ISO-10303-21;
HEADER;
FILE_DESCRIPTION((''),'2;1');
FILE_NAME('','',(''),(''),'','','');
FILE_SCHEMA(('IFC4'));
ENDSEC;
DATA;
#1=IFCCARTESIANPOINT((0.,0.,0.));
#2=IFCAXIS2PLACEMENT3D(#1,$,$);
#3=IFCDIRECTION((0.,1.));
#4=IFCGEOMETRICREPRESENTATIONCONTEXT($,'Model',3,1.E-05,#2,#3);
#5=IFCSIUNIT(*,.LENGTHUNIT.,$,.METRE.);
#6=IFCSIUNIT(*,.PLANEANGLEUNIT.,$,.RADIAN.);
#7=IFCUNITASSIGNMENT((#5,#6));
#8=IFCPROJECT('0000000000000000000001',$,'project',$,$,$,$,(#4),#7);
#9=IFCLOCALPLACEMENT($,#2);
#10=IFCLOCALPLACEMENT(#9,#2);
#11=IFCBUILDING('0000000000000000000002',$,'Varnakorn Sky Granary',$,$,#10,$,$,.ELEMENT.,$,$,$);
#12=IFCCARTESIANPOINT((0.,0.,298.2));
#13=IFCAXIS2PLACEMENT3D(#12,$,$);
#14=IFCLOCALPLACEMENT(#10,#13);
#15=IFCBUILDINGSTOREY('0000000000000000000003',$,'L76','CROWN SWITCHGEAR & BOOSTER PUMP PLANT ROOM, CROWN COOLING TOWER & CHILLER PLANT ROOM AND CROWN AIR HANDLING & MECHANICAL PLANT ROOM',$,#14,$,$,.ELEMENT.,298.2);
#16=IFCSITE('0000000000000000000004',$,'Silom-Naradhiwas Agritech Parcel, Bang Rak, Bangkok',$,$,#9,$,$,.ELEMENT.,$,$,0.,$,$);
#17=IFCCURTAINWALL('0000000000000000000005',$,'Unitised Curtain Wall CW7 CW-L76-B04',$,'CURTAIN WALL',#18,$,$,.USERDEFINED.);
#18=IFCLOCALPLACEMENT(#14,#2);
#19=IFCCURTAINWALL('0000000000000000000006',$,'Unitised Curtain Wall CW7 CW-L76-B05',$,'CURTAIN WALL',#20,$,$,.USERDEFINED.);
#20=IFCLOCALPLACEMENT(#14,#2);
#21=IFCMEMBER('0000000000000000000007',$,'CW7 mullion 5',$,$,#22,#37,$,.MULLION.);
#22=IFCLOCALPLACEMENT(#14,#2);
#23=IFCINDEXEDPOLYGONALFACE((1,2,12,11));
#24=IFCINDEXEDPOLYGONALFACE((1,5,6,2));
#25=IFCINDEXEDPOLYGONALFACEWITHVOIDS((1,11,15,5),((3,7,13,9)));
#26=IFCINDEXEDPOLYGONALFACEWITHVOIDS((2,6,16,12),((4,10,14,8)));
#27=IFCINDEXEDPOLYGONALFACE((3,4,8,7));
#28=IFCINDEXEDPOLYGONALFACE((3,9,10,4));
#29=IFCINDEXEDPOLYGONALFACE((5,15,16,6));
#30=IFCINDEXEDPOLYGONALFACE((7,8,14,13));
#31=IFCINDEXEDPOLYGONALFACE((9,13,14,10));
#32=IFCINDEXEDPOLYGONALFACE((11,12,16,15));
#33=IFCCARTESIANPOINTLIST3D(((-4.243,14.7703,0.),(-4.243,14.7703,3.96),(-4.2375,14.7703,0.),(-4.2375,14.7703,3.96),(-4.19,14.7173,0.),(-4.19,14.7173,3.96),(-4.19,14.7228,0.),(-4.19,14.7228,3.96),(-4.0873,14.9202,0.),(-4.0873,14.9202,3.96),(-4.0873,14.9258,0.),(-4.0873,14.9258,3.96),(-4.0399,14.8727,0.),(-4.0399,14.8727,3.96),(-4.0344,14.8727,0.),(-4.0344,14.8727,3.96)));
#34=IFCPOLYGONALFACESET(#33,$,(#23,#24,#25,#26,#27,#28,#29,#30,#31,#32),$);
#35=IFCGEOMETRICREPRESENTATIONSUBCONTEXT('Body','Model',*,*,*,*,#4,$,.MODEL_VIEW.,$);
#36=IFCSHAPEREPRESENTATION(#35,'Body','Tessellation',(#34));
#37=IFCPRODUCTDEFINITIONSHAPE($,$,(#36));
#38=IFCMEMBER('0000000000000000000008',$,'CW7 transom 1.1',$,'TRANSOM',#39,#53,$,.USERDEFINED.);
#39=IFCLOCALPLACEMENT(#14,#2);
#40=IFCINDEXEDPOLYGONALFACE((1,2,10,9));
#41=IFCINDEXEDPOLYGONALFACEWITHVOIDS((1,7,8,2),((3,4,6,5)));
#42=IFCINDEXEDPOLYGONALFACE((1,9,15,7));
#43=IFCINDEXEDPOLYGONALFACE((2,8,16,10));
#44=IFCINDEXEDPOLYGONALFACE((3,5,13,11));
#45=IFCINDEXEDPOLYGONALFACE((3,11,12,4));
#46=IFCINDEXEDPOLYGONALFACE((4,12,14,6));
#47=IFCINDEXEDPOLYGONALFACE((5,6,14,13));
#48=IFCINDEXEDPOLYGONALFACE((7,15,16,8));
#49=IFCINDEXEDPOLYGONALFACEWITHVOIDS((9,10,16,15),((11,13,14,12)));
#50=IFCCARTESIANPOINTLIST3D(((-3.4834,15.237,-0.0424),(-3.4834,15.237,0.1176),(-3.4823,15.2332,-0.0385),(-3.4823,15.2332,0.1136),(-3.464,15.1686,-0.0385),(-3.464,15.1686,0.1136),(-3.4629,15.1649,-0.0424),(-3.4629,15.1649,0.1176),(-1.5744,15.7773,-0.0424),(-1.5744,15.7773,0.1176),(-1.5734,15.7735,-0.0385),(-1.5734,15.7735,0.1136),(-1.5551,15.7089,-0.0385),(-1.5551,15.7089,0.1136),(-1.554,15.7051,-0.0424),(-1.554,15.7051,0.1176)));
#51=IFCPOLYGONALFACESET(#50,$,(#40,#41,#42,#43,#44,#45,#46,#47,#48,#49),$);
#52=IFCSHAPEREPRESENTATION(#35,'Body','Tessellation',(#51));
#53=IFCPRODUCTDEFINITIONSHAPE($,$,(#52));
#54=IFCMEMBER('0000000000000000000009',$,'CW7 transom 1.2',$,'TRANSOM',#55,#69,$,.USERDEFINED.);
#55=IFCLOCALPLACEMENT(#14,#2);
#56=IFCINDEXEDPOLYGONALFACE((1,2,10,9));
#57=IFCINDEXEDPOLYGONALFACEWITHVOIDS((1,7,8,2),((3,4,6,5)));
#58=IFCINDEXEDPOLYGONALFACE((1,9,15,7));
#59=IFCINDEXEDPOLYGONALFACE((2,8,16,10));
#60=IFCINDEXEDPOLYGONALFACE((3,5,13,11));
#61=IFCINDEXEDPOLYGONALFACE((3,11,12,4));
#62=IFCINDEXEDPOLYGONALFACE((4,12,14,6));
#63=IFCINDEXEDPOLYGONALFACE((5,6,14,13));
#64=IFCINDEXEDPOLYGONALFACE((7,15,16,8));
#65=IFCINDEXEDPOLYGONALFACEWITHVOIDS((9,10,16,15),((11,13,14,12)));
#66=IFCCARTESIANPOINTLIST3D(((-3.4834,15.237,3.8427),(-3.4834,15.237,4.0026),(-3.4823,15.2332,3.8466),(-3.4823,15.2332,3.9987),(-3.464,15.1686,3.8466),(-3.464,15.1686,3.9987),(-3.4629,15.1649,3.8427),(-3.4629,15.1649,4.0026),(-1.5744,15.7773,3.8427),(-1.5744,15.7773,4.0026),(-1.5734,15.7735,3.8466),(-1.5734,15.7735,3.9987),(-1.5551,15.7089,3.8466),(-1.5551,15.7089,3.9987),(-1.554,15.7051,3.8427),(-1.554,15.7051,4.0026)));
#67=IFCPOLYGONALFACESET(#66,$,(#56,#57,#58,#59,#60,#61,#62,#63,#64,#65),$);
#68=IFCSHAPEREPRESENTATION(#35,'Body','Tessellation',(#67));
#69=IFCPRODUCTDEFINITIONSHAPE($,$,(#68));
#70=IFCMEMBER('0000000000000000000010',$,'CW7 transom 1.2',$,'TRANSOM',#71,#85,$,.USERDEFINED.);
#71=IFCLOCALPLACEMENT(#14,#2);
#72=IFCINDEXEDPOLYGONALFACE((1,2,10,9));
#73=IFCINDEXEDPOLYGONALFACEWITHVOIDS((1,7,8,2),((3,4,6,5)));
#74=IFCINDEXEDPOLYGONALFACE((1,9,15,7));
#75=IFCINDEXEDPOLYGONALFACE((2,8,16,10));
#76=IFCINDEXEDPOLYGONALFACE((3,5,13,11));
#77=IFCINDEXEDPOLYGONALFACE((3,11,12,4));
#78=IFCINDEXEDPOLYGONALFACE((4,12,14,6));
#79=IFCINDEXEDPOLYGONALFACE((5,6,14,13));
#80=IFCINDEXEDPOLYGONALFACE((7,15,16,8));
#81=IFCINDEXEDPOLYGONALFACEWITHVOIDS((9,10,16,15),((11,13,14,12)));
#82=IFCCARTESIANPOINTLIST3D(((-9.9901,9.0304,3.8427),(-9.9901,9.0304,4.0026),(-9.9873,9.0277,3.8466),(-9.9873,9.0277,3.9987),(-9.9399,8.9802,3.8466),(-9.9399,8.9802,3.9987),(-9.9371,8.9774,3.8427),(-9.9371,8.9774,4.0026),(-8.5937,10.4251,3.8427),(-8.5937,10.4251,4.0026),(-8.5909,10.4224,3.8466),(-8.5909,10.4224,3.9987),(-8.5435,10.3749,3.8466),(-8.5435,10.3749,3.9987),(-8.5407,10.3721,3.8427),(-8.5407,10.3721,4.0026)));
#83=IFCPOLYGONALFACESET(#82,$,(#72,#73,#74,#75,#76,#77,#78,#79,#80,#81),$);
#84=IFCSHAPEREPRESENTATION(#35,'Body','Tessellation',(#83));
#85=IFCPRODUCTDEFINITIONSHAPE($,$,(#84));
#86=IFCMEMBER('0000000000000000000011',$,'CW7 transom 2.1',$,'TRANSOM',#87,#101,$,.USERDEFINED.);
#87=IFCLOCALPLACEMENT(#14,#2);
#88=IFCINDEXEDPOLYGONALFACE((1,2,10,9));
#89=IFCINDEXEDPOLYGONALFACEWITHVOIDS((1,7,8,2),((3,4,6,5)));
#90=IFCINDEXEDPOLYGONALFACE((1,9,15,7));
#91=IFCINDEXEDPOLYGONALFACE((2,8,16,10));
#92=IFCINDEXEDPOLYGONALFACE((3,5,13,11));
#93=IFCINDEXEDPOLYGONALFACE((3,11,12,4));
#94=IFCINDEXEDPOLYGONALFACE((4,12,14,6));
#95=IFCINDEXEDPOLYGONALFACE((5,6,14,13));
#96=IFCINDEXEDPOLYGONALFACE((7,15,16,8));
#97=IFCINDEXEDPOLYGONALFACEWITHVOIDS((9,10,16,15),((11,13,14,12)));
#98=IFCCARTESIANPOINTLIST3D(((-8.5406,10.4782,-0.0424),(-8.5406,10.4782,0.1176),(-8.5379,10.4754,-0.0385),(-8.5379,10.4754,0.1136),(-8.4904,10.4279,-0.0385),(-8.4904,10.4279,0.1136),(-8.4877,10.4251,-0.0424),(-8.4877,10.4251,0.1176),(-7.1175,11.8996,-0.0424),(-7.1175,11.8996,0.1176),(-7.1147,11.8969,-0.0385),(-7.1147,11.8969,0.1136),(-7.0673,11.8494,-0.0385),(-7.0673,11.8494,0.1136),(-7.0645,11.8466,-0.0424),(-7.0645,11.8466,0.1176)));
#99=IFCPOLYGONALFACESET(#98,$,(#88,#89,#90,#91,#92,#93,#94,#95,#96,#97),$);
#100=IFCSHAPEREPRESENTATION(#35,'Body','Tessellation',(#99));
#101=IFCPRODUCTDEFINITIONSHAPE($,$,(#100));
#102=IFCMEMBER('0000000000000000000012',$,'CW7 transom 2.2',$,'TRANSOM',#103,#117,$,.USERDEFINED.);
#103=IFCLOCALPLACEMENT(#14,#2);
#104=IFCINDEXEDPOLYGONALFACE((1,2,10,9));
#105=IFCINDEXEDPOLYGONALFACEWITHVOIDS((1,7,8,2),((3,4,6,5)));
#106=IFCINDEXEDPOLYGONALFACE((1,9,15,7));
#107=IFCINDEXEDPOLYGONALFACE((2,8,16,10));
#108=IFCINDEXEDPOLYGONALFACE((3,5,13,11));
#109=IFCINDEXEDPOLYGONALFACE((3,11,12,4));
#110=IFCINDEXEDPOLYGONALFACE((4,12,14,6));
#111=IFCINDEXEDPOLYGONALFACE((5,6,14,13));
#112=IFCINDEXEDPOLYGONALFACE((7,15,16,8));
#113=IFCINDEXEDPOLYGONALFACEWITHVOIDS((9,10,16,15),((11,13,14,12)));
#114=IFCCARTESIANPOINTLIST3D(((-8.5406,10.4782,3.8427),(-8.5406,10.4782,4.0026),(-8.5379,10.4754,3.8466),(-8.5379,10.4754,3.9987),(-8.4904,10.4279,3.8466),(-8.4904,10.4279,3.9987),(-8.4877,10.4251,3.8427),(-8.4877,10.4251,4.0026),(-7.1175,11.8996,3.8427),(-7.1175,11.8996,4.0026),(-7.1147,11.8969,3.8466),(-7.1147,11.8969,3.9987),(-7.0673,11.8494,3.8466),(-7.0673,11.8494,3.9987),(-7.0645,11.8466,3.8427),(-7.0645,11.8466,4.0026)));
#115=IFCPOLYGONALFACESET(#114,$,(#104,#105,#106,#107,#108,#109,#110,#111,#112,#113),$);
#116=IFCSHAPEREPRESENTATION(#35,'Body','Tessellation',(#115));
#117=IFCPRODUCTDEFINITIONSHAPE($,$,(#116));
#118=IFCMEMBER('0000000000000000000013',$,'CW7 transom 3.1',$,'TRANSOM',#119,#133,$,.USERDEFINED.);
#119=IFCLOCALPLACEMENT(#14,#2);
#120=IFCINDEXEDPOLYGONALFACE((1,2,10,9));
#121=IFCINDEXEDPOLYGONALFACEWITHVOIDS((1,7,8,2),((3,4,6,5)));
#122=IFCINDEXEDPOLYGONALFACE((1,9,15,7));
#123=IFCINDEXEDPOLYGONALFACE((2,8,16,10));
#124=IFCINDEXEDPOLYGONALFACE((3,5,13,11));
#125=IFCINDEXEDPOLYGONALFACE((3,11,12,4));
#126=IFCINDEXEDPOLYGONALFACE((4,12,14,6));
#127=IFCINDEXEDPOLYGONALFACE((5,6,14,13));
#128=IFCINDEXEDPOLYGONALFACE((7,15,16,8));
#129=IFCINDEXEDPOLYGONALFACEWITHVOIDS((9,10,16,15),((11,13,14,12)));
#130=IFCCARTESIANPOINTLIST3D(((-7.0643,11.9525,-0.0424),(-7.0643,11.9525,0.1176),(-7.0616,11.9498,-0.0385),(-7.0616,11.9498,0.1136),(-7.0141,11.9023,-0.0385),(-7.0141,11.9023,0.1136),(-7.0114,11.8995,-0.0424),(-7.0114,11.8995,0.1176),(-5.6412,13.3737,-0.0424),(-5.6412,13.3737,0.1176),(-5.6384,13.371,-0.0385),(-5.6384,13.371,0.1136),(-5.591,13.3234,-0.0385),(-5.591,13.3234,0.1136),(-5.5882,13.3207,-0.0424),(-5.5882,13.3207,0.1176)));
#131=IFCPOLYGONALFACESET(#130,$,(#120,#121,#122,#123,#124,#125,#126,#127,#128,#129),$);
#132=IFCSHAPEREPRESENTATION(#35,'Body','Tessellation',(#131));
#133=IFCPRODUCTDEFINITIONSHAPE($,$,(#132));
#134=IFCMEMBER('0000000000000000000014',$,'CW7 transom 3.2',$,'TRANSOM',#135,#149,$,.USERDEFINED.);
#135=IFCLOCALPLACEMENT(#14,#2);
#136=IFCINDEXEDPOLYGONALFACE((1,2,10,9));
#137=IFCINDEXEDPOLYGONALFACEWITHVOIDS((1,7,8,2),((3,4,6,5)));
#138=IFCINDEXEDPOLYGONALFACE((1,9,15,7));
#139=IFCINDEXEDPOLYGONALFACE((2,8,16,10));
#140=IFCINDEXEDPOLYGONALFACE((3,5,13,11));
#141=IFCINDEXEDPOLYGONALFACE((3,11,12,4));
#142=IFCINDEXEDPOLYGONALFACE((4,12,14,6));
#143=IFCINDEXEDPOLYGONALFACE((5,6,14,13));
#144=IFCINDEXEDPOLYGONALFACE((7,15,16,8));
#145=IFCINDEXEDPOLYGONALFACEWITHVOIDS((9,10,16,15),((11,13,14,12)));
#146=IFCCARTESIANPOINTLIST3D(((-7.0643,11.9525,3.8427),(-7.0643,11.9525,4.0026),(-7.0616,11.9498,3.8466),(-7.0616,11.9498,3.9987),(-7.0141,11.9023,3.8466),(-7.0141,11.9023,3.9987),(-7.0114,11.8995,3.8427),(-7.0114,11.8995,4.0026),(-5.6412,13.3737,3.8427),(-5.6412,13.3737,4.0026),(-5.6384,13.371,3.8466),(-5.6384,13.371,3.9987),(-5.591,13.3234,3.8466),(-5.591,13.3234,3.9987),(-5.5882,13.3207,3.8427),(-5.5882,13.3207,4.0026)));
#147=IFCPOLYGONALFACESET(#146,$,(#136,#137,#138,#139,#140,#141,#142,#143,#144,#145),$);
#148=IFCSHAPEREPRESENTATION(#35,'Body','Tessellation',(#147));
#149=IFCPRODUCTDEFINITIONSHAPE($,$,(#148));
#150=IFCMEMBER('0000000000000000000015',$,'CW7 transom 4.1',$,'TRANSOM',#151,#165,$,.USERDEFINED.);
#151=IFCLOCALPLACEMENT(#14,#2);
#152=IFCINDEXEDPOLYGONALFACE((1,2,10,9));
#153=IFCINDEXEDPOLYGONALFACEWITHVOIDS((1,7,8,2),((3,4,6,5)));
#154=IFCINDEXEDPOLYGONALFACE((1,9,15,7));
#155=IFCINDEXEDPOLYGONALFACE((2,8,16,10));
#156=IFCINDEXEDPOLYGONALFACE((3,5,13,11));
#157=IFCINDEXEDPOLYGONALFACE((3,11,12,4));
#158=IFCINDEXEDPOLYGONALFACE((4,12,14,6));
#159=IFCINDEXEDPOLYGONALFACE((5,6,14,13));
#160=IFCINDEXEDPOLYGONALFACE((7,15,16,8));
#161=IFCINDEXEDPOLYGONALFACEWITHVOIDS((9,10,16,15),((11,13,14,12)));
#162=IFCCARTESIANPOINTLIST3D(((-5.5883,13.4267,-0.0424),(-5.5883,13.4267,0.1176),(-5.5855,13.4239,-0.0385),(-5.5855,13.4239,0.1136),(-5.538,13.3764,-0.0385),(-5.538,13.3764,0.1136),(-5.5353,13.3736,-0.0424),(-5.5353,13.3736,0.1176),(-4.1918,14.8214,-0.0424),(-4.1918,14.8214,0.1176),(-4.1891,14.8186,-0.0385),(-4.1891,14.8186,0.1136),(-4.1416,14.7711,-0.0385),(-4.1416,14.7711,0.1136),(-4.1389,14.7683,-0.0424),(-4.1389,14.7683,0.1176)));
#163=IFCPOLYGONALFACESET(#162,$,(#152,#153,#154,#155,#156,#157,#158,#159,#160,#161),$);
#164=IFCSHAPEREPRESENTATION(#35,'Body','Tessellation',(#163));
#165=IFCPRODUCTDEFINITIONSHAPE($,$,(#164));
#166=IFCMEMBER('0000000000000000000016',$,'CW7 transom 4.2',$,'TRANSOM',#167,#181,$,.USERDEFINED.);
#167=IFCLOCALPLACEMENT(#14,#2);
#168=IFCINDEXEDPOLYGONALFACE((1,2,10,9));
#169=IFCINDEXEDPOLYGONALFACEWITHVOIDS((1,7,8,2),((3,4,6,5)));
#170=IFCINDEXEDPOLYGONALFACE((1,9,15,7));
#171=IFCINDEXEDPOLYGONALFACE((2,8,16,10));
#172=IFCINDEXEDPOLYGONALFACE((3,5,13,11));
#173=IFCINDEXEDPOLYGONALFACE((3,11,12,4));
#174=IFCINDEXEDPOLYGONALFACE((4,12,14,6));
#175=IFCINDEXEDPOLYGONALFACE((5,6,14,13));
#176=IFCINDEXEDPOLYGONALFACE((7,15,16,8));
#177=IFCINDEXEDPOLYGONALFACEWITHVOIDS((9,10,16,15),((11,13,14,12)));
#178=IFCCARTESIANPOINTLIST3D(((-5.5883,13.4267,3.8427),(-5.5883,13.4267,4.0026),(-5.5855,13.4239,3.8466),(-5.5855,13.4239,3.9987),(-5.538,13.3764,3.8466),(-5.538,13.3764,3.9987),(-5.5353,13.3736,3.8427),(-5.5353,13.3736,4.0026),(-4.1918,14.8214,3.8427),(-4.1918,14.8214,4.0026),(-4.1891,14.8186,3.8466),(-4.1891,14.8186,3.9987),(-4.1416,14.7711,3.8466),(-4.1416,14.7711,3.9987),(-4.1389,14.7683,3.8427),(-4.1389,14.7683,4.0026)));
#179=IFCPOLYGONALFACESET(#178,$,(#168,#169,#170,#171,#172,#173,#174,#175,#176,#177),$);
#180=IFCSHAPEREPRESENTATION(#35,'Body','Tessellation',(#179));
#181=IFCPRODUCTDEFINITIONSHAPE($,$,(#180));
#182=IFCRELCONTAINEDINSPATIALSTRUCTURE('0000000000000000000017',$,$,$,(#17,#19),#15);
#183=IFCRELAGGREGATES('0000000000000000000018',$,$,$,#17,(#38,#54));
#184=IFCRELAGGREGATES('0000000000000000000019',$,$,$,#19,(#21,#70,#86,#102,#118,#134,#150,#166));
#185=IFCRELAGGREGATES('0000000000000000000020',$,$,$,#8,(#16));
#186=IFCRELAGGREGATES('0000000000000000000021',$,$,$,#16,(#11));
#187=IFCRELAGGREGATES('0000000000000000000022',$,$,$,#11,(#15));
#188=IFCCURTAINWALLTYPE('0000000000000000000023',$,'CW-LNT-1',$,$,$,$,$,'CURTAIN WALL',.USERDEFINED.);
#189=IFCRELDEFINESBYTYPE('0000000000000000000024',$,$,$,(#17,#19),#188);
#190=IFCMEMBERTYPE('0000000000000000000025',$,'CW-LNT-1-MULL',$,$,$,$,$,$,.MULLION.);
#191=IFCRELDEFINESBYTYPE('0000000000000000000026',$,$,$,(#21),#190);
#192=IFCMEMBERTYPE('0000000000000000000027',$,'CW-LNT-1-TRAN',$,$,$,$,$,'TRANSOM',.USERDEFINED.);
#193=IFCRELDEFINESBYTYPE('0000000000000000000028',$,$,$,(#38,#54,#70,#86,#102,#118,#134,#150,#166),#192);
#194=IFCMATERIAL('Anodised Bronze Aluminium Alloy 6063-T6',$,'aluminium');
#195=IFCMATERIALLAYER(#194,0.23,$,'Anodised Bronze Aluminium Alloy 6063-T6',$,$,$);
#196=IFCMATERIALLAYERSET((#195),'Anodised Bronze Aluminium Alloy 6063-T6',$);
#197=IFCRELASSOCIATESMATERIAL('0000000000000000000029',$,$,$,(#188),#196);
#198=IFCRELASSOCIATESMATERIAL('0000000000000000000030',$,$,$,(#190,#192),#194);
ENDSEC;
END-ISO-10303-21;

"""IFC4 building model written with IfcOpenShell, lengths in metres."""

from ifc_helpers import new_model, si_unit, direction, frame, origin, origin_2d, place, context, subcontext, project, spatial, hollow_rectangle, extrude, material, layer, layer_set, material_profile, profile_set, type_object, element, aggregate, save


model = new_model("IFC4")

# Units and contexts
model_context = context("Model", 3, precision=1e-05, world=origin(), true_north=direction((0.0, 1.0)))
body_context = subcontext(model_context, "Body", "Model", "MODEL_VIEW")
ifc_project = project(units=[si_unit("LENGTHUNIT", "METRE"), si_unit("PLANEANGLEUNIT", "RADIAN")], contexts=[model_context])

# Site, building, storey
site_placement = place(None, origin())
site = spatial("IfcSite", under=ifc_project, at=site_placement, Name="Silom-Naradhiwas Agritech Parcel, Bang Rak, Bangkok", CompositionType="ELEMENT", RefElevation=0.0)
building_placement = place(site_placement, origin())
building = spatial("IfcBuilding", under=site, at=building_placement, Name="Varnakorn Sky Granary", CompositionType="ELEMENT")
storey_placement = place(building_placement, frame((0.0, 0.0, 298.2)))
storey = spatial("IfcBuildingStorey", under=building, at=storey_placement, Name="L76", Description="CROWN SWITCHGEAR & BOOSTER PUMP PLANT ROOM, CROWN COOLING TOWER & CHILLER PLANT ROOM AND CROWN AIR HANDLING & MECHANICAL PLANT ROOM", CompositionType="ELEMENT", Elevation=298.2)

# Curtain wall
ifc_material_1 = material(Name="Anodised Bronze Aluminium Alloy 6063-T6", Category="aluminium")
ifc_layer_1 = layer(ifc_material_1, 0.23, Name="Anodised Bronze Aluminium Alloy 6063-T6")
ifc_layer_set_1 = layer_set([ifc_layer_1], Name="Anodised Bronze Aluminium Alloy 6063-T6")
curtain_wall_type = type_object("IfcCurtainWallType", Name="CW-LNT-1", ElementType="CURTAIN WALL", PredefinedType="USERDEFINED", material=ifc_layer_set_1)
curtain_wall_1_placement = place(storey_placement, origin())
curtain_wall_1 = element("IfcCurtainWall", 1, at=curtain_wall_1_placement, inside=storey, type_object=curtain_wall_type, Name="Unitised Curtain Wall CW7 CW-L76-B04", ObjectType="CURTAIN WALL", PredefinedType="USERDEFINED")
ifc_material_profile_1 = material_profile(ifc_material_1, hollow_rectangle(XDim=0.075, YDim=0.22, WallThickness=0.0039, at=origin_2d()), Name="ALU MULL 75x220")
ifc_profile_set_1 = profile_set([ifc_material_profile_1], Name="Anodised Bronze Aluminium Alloy 6063-T6")
member_type_1 = type_object("IfcMemberType", Name="CW-LNT-1-MULL", PredefinedType="MULLION", material=ifc_profile_set_1)

# Curtain wall, member
curtain_wall_2_placement = place(storey_placement, origin())
curtain_wall_2 = element("IfcCurtainWall", 2, at=curtain_wall_2_placement, inside=storey, type_object=curtain_wall_type, Name="Unitised Curtain Wall CW7 CW-L76-B05", ObjectType="CURTAIN WALL", PredefinedType="USERDEFINED")
member_1_placement = place(storey_placement, frame((-4.1387, 14.8215, 0.0), z_axis=(0.0, 0.0, 1.0), x_axis=(-0.706663, 0.70755, 0.0)))
member_1 = element("IfcMember", 3, at=member_1_placement, type_object=member_type_1, Name="CW7 mullion 5", PredefinedType="MULLION", context=body_context, shape_type="SweptSolid", body=[
    extrude(hollow_rectangle(XDim=0.075, YDim=0.22, WallThickness=0.0039, at=origin_2d()), origin(), (0.0, 0.0, 1.0), 3.96),
])

# Members
ifc_material_profile_2 = material_profile(ifc_material_1, hollow_rectangle(XDim=0.075, YDim=0.1599, WallThickness=0.0039, at=origin_2d()), Name="ALU TRAN 75x160")
ifc_profile_set_2 = profile_set([ifc_material_profile_2], Name="Anodised Bronze Aluminium Alloy 6063-T6")
member_type_2 = type_object("IfcMemberType", Name="CW-LNT-1-TRAN", ElementType="TRANSOM", PredefinedType="USERDEFINED", material=ifc_profile_set_2)
member_2_placement = place(storey_placement, frame((-3.4731, 15.2009, 0.0376), z_axis=(0.962204, 0.272331, 0.0), x_axis=(-0.272331, 0.962204, 0.0)))
member_2 = element("IfcMember", 4, at=member_2_placement, type_object=member_type_2, Name="CW7 transom 1.1", ObjectType="TRANSOM", PredefinedType="USERDEFINED", context=body_context, shape_type="SweptSolid", body=[
    extrude(hollow_rectangle(XDim=0.075, YDim=0.1599, WallThickness=0.0039, at=origin_2d()), origin(), (0.0, 0.0, 1.0), 1.9839),
])
member_3_placement = place(storey_placement, frame((-3.4731, 15.2009, 3.9226), z_axis=(0.962204, 0.272331, 0.0), x_axis=(-0.272331, 0.962204, 0.0)))
member_3 = element("IfcMember", 5, at=member_3_placement, type_object=member_type_2, Name="CW7 transom 1.2", ObjectType="TRANSOM", PredefinedType="USERDEFINED", context=body_context, shape_type="SweptSolid", body=[
    extrude(hollow_rectangle(XDim=0.075, YDim=0.1599, WallThickness=0.0039, at=origin_2d()), origin(), (0.0, 0.0, 1.0), 1.9839),
])
aggregate(curtain_wall_1, [member_2, member_3])
member_4_placement = place(storey_placement, frame((-9.9636, 9.0039, 3.9226), z_axis=(0.70754, 0.706674, 0.0), x_axis=(-0.706674, 0.70754, 0.0)))
member_4 = element("IfcMember", 6, at=member_4_placement, type_object=member_type_2, Name="CW7 transom 1.2", ObjectType="TRANSOM", PredefinedType="USERDEFINED", context=body_context, shape_type="SweptSolid", body=[
    extrude(hollow_rectangle(XDim=0.075, YDim=0.1599, WallThickness=0.0039, at=origin_2d()), origin(), (0.0, 0.0, 1.0), 1.9736),
])
member_5_placement = place(storey_placement, frame((-8.5142, 10.4517, 0.0376), z_axis=(0.707531, 0.706682, 0.0), x_axis=(-0.706682, 0.707531, 0.0)))
member_5 = element("IfcMember", 7, at=member_5_placement, type_object=member_type_2, Name="CW7 transom 2.1", ObjectType="TRANSOM", PredefinedType="USERDEFINED", context=body_context, shape_type="SweptSolid", body=[
    extrude(hollow_rectangle(XDim=0.075, YDim=0.1599, WallThickness=0.0039, at=origin_2d()), origin(), (0.0, 0.0, 1.0), 2.0115),
])
member_6_placement = place(storey_placement, frame((-8.5142, 10.4517, 3.9226), z_axis=(0.707531, 0.706682, 0.0), x_axis=(-0.706682, 0.707531, 0.0)))
member_6 = element("IfcMember", 8, at=member_6_placement, type_object=member_type_2, Name="CW7 transom 2.2", ObjectType="TRANSOM", PredefinedType="USERDEFINED", context=body_context, shape_type="SweptSolid", body=[
    extrude(hollow_rectangle(XDim=0.075, YDim=0.1599, WallThickness=0.0039, at=origin_2d()), origin(), (0.0, 0.0, 1.0), 2.0115),
])
member_7_placement = place(storey_placement, frame((-7.0378, 11.926, 0.0376), z_axis=(0.707592, 0.706621, 0.0), x_axis=(-0.706621, 0.707592, 0.0)))
member_7 = element("IfcMember", 9, at=member_7_placement, type_object=member_type_2, Name="CW7 transom 3.1", ObjectType="TRANSOM", PredefinedType="USERDEFINED", context=body_context, shape_type="SweptSolid", body=[
    extrude(hollow_rectangle(XDim=0.075, YDim=0.1599, WallThickness=0.0039, at=origin_2d()), origin(), (0.0, 0.0, 1.0), 2.0112),
])
member_8_placement = place(storey_placement, frame((-7.0378, 11.926, 3.9226), z_axis=(0.707592, 0.706621, 0.0), x_axis=(-0.706621, 0.707592, 0.0)))
member_8 = element("IfcMember", 10, at=member_8_placement, type_object=member_type_2, Name="CW7 transom 3.2", ObjectType="TRANSOM", PredefinedType="USERDEFINED", context=body_context, shape_type="SweptSolid", body=[
    extrude(hollow_rectangle(XDim=0.075, YDim=0.1599, WallThickness=0.0039, at=origin_2d()), origin(), (0.0, 0.0, 1.0), 2.0112),
])
member_9_placement = place(storey_placement, frame((-5.5618, 13.4001, 0.0376), z_axis=(0.70754, 0.706674, 0.0), x_axis=(-0.706674, 0.70754, 0.0)))
member_9 = element("IfcMember", 11, at=member_9_placement, type_object=member_type_2, Name="CW7 transom 4.1", ObjectType="TRANSOM", PredefinedType="USERDEFINED", context=body_context, shape_type="SweptSolid", body=[
    extrude(hollow_rectangle(XDim=0.075, YDim=0.1599, WallThickness=0.0039, at=origin_2d()), origin(), (0.0, 0.0, 1.0), 1.9736),
])
member_10_placement = place(storey_placement, frame((-5.5618, 13.4001, 3.9226), z_axis=(0.70754, 0.706674, 0.0), x_axis=(-0.706674, 0.70754, 0.0)))
member_10 = element("IfcMember", 12, at=member_10_placement, type_object=member_type_2, Name="CW7 transom 4.2", ObjectType="TRANSOM", PredefinedType="USERDEFINED", context=body_context, shape_type="SweptSolid", body=[
    extrude(hollow_rectangle(XDim=0.075, YDim=0.1599, WallThickness=0.0039, at=origin_2d()), origin(), (0.0, 0.0, 1.0), 1.9736),
])

aggregate(curtain_wall_2, [member_1, member_4, member_5, member_6, member_7, member_8, member_9, member_10])

save(model, "model.ifc")
